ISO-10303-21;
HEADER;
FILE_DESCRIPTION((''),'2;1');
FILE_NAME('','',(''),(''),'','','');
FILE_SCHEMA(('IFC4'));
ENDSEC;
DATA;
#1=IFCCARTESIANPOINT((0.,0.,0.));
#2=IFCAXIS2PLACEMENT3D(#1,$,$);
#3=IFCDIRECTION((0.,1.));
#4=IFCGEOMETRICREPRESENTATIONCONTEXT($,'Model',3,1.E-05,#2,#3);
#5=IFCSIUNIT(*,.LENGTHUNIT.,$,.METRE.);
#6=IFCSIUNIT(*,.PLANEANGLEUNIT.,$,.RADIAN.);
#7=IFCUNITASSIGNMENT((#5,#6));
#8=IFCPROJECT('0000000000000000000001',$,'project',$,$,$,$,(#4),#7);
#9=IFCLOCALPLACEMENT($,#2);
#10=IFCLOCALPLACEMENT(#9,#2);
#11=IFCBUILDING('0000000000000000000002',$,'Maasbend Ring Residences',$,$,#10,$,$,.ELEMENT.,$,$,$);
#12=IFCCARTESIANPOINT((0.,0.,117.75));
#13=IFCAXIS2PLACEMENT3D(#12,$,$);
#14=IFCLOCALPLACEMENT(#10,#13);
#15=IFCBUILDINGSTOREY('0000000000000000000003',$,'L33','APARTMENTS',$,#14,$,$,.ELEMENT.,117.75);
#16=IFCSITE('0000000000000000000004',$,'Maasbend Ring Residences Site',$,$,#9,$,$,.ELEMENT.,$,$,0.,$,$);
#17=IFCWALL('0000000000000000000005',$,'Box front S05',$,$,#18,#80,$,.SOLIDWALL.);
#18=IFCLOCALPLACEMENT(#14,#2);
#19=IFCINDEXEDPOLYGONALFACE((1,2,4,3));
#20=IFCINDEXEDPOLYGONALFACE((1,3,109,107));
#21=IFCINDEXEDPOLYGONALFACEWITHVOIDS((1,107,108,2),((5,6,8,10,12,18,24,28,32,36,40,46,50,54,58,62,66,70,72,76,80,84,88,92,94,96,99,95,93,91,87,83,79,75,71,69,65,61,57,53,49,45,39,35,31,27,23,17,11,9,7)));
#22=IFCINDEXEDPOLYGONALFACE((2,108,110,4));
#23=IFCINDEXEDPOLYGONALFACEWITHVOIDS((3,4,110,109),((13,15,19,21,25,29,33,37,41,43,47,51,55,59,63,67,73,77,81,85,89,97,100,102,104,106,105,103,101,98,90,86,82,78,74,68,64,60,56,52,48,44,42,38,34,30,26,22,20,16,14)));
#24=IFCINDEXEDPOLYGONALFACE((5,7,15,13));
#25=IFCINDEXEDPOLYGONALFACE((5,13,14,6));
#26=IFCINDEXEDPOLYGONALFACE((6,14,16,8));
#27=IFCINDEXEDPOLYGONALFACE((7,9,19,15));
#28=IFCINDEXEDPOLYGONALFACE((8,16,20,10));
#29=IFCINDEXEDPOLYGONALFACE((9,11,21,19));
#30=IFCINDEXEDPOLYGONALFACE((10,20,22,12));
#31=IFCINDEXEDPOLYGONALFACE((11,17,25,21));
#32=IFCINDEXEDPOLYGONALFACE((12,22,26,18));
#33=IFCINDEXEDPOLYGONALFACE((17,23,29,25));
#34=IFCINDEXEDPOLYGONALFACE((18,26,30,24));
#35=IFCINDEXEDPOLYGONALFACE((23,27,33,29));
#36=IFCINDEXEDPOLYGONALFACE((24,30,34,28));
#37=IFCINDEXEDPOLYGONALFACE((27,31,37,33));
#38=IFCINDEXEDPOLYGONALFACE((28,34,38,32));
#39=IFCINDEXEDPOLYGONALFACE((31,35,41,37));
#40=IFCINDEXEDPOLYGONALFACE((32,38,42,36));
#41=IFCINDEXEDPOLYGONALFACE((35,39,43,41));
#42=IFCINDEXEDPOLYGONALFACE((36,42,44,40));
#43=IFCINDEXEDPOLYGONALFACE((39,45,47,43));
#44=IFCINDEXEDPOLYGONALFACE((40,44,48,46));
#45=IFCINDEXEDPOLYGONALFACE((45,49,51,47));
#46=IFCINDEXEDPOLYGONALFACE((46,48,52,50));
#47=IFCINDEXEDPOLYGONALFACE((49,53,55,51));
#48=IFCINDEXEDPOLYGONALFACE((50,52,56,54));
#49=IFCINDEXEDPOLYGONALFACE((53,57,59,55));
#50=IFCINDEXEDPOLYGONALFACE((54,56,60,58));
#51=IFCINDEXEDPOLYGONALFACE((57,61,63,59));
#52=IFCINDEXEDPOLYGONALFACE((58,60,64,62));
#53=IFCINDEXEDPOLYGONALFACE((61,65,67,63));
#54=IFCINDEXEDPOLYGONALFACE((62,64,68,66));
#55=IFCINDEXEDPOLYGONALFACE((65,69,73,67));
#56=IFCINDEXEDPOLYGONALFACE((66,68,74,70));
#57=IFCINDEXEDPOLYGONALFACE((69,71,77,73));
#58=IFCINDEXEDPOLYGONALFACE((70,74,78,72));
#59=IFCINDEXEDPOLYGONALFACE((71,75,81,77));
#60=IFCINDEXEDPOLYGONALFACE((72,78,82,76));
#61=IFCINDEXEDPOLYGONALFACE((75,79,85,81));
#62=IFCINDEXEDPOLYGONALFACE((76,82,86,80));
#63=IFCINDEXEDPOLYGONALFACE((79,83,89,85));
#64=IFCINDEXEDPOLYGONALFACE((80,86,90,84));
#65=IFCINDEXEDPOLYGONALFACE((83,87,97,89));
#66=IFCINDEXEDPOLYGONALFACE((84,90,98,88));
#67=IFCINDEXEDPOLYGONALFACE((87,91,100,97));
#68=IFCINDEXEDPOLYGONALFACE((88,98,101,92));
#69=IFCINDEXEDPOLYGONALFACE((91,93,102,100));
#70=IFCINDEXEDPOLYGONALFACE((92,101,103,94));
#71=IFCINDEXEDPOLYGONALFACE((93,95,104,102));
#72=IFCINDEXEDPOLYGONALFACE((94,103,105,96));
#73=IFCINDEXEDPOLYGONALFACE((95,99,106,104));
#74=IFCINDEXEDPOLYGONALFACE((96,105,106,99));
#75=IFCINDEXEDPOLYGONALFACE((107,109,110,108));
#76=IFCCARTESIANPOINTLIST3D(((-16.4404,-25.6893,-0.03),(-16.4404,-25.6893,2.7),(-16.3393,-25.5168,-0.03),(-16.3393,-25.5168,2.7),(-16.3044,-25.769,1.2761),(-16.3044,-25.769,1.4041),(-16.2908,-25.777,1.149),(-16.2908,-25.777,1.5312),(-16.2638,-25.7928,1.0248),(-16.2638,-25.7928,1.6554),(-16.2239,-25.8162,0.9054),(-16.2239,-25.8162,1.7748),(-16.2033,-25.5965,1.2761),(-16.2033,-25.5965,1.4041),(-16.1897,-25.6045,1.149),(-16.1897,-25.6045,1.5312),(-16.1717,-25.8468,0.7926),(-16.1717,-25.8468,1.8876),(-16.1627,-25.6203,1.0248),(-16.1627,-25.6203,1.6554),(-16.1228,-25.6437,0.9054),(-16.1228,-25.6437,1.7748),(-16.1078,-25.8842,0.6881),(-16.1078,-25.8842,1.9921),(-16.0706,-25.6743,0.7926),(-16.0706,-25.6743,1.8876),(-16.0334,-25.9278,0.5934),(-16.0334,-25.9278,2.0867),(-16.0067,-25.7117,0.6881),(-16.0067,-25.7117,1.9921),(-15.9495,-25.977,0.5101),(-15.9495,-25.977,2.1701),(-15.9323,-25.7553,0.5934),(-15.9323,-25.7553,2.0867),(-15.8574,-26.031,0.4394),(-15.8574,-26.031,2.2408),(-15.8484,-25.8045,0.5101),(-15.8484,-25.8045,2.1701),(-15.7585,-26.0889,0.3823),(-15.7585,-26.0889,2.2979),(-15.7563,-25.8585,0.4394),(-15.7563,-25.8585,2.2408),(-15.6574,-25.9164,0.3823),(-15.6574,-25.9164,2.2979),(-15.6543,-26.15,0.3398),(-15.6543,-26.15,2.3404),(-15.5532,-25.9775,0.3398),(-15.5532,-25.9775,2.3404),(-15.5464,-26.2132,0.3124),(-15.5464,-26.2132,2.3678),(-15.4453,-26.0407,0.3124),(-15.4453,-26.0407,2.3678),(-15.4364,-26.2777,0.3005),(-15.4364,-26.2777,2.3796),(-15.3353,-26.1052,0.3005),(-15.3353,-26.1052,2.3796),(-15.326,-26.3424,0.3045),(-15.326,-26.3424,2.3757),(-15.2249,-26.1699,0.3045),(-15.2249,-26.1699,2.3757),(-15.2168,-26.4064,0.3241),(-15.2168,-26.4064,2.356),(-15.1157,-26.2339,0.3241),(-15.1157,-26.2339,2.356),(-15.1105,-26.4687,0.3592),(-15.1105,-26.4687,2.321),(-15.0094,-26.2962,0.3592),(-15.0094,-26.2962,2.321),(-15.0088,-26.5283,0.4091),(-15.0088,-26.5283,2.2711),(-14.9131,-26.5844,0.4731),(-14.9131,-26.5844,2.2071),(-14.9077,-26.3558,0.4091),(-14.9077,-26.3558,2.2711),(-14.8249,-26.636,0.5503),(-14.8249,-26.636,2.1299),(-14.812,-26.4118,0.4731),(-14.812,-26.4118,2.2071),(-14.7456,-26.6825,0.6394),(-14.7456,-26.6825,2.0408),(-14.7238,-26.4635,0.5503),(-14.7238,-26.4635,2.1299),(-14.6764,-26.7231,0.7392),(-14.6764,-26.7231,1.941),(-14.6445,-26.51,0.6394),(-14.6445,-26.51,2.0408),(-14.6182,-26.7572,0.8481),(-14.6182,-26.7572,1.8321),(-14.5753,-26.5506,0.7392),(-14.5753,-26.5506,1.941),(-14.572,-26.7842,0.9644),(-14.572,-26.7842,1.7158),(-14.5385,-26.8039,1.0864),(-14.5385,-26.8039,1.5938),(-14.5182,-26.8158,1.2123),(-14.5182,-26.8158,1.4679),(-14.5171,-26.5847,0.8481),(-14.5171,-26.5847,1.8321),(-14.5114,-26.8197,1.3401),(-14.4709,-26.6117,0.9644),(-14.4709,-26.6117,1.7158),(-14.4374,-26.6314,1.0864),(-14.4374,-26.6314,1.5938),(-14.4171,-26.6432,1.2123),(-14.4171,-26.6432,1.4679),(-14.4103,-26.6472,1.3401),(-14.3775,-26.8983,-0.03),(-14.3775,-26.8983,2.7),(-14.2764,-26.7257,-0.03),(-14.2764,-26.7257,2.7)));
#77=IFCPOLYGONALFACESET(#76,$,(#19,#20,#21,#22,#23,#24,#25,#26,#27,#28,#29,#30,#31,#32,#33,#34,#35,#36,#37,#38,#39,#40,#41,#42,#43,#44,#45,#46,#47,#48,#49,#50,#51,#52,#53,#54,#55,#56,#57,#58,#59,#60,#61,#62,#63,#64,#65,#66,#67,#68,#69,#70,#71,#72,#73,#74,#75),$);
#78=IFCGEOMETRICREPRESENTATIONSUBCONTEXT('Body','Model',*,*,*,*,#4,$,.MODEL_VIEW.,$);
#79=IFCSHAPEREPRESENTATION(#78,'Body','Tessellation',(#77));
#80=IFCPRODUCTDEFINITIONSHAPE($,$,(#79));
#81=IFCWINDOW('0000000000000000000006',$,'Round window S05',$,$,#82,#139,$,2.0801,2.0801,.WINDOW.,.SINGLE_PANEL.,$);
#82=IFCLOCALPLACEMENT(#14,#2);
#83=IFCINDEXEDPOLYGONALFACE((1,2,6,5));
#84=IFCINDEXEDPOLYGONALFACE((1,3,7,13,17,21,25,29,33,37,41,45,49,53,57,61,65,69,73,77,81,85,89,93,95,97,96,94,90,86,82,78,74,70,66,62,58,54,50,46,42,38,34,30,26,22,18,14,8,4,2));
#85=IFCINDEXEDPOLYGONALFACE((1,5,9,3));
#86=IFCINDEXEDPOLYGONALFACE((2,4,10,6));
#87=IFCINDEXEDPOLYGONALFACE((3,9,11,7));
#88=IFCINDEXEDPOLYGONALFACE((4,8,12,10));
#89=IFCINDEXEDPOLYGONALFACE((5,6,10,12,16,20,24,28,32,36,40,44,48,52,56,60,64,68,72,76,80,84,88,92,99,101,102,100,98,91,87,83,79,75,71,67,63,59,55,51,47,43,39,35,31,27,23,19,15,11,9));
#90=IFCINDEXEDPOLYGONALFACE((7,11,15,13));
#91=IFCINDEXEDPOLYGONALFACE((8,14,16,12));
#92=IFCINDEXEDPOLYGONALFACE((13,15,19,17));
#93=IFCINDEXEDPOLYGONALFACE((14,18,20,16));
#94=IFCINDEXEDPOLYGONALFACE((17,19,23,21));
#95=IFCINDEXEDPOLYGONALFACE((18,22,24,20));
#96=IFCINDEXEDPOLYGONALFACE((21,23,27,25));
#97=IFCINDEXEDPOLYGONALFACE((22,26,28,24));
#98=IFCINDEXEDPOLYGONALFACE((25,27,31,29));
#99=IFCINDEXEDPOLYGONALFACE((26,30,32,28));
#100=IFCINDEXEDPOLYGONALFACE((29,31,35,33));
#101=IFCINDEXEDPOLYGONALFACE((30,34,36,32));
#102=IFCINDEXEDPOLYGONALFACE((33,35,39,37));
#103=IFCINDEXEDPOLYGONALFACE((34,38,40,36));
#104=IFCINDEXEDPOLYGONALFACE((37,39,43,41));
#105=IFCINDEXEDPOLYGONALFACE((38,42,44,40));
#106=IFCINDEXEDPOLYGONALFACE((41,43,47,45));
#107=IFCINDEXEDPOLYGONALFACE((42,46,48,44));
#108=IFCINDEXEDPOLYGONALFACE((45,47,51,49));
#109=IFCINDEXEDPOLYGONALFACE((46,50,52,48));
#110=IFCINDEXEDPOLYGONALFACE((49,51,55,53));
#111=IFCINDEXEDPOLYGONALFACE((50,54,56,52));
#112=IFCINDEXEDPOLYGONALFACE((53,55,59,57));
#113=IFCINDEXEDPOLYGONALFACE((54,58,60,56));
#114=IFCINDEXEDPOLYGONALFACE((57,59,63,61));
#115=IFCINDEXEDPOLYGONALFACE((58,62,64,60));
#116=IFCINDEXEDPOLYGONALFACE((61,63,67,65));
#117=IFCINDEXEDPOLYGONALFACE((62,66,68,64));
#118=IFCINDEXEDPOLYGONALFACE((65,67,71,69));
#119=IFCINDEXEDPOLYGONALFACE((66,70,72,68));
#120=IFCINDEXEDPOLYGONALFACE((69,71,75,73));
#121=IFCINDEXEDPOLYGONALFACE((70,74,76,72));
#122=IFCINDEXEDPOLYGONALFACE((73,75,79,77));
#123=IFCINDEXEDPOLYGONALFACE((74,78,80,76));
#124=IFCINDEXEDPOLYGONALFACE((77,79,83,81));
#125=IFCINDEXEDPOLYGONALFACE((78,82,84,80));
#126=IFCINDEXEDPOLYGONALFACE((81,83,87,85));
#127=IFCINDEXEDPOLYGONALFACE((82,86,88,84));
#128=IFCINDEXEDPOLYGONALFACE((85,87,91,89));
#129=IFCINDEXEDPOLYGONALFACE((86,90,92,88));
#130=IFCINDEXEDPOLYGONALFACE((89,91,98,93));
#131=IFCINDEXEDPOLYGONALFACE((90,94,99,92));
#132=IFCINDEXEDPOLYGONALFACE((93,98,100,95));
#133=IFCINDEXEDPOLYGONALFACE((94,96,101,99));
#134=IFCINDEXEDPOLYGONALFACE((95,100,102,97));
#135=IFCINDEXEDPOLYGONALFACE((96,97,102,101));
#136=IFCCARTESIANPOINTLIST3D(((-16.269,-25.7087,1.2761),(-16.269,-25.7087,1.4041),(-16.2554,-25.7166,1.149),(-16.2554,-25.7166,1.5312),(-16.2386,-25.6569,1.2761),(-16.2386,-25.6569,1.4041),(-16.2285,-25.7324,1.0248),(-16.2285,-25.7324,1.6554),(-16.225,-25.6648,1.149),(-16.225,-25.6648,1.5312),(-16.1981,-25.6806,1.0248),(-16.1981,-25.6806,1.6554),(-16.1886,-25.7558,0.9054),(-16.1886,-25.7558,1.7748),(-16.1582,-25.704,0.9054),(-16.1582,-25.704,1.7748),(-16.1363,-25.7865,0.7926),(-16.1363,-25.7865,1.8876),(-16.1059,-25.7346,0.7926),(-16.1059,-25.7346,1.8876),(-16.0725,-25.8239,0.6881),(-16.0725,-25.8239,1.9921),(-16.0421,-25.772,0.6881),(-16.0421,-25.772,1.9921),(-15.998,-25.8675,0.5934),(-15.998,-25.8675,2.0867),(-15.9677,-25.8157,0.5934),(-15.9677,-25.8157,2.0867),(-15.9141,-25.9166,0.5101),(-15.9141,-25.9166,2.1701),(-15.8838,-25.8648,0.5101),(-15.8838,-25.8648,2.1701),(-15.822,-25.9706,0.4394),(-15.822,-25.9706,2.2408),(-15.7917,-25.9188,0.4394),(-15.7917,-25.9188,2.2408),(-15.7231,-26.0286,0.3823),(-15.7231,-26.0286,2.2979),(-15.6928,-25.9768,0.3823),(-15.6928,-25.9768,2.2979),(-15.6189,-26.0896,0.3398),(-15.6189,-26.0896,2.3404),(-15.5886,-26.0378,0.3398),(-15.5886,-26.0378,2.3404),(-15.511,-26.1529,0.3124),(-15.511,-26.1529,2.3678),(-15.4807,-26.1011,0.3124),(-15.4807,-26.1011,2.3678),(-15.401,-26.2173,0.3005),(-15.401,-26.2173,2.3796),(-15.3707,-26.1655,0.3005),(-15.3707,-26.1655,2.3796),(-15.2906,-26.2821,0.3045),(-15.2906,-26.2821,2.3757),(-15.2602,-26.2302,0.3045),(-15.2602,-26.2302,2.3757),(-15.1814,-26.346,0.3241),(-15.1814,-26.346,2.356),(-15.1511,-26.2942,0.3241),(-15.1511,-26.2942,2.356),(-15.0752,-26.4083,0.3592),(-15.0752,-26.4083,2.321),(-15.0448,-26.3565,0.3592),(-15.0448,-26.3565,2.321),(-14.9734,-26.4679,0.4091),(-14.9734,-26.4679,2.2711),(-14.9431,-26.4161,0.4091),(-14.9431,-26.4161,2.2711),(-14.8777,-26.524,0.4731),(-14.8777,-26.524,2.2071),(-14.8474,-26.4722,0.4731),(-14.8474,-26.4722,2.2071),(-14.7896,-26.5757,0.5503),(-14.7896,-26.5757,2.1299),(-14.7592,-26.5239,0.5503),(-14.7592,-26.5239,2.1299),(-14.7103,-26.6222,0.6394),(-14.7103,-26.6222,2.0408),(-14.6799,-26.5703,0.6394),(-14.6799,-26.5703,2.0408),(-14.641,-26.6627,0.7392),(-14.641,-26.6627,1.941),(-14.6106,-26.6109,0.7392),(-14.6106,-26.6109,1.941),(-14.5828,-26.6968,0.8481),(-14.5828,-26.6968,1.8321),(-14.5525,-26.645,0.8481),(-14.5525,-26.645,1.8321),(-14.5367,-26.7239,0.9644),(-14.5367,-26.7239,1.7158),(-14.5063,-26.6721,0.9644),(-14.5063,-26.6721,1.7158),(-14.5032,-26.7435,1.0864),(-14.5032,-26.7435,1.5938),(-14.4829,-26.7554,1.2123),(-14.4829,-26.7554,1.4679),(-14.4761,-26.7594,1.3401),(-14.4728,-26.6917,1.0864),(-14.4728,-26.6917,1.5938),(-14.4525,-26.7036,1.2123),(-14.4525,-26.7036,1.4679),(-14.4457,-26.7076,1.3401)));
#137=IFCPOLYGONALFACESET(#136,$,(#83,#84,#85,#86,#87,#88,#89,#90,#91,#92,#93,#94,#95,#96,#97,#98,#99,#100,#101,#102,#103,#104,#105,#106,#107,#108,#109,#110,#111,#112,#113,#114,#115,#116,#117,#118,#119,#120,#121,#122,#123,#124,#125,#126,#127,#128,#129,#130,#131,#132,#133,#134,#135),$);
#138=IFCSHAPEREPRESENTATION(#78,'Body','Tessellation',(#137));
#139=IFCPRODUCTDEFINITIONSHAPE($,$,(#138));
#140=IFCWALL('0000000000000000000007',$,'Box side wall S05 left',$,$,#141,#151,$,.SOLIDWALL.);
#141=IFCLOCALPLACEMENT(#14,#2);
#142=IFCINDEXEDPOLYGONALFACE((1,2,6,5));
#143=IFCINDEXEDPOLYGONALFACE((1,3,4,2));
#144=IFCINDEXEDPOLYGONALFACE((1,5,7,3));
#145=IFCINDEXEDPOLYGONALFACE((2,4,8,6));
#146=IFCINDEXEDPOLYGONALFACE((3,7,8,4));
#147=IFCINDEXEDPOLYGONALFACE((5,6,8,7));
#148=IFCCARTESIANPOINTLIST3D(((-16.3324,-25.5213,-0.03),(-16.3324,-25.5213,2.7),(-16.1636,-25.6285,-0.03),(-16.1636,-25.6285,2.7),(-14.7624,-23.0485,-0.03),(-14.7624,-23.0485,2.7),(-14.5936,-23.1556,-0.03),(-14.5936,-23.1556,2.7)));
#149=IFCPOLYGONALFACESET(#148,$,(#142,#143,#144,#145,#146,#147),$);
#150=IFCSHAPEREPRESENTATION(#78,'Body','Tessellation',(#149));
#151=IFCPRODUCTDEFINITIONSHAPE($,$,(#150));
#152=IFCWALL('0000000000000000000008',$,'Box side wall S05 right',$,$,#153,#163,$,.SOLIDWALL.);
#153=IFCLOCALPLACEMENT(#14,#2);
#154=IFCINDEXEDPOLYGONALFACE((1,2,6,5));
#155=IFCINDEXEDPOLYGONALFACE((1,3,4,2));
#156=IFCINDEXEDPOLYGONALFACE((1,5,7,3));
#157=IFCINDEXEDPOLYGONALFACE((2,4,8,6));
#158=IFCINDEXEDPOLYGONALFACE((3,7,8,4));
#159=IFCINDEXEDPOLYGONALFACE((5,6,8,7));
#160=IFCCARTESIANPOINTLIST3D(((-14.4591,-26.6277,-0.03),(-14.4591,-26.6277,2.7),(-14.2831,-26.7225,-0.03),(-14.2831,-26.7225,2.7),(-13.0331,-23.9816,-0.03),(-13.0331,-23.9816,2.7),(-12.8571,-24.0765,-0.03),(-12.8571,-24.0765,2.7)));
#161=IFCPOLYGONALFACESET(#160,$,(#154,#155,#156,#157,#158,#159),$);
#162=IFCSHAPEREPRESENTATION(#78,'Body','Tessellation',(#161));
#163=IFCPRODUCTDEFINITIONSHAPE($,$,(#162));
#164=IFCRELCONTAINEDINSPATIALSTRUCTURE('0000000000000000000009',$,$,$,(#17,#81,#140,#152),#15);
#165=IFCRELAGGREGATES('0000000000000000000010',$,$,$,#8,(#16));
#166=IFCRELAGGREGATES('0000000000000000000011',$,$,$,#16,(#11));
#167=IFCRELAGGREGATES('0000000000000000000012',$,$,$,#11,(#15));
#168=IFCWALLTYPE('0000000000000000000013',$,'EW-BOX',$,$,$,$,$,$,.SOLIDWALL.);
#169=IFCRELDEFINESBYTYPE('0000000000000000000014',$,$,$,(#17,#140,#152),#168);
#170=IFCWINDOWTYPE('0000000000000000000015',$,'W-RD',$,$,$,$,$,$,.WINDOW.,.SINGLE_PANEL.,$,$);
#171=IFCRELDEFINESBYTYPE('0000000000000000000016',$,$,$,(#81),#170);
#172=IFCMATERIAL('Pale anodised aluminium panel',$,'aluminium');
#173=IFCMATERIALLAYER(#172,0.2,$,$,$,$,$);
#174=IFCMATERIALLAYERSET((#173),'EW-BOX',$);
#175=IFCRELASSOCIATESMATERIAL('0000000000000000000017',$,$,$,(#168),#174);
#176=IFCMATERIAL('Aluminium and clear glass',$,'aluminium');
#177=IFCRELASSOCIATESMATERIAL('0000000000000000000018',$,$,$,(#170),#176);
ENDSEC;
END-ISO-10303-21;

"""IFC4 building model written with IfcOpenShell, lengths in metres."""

from ifc_helpers import new_model, si_unit, direction, frame, frame_2d, origin, place, context, subcontext, project, spatial, rectangle, circle, extrude, material, layer, layer_set, type_object, element, fill, save


model = new_model("IFC4")

# Units and contexts
model_context = context("Model", 3, precision=1e-05, world=origin(), true_north=direction((0.0, 1.0)))
body_context = subcontext(model_context, "Body", "Model", "MODEL_VIEW")
ifc_project = project(units=[si_unit("LENGTHUNIT", "METRE"), si_unit("PLANEANGLEUNIT", "RADIAN")], contexts=[model_context])

# Site, building, storey
site_placement = place(None, origin())
site = spatial("IfcSite", under=ifc_project, at=site_placement, Name="Maasbend Ring Residences Site", CompositionType="ELEMENT", RefElevation=0.0)
building_placement = place(site_placement, origin())
building = spatial("IfcBuilding", under=site, at=building_placement, Name="Maasbend Ring Residences", CompositionType="ELEMENT")
storey_placement = place(building_placement, frame((0.0, 0.0, 117.75)))
storey = spatial("IfcBuildingStorey", under=building, at=storey_placement, Name="L33", Description="APARTMENTS", CompositionType="ELEMENT", Elevation=117.75)

# Shared definitions
ifc_material_1 = material(Name="Pale anodised aluminium panel", Category="aluminium")
ifc_layer_1 = layer(ifc_material_1, 0.2)
ifc_layer_set_1 = layer_set([ifc_layer_1], Name="EW-BOX")
wall_type_1 = type_object("IfcWallType", Name="EW-BOX", PredefinedType="SOLIDWALL", material=ifc_layer_set_1)
ifc_material_2 = material(Name="Aluminium and clear glass", Category="aluminium")
window_type_1 = type_object("IfcWindowType", Name="W-RD", PartitioningType="SINGLE_PANEL", PredefinedType="WINDOW", material=ifc_material_2)

# Wall, opening, window
wall_1_placement = place(storey_placement, frame((-16.3899, -25.603, -0.03), z_axis=(0.0, 0.0, 1.0), x_axis=(0.862762, -0.505609, 0.0)))
wall_1 = element("IfcWall", 1, at=wall_1_placement, inside=storey, type_object=wall_type_1, Name="Box front S05", PredefinedType="SOLIDWALL", context=body_context, shape_type="SweptSolid", body=[
    extrude(rectangle(XDim=2.3911, YDim=0.2, at=frame_2d((1.1956, 0.0))), origin(), (0.0, 0.0, 1.0), 2.73),
])
opening_1_placement = place(wall_1_placement, frame((0.1558, 0.0, 0.3301)))
opening_1 = element("IfcOpeningElement", 2, at=opening_1_placement, cuts=wall_1, PredefinedType="OPENING", context=body_context, shape_type="SweptSolid", body=[
    extrude(circle(Radius=1.04, at=frame_2d((1.04, 1.04))), frame((0.0, 0.1099, 0.0), z_axis=(0.0, -1.0, 0.0), x_axis=(1.0, 0.0, 0.0)), (0.0, 0.0, 1.0), 0.22),
])
window_1_placement = place(opening_1_placement, origin())
window_1 = element("IfcWindow", 3, at=window_1_placement, inside=storey, type_object=window_type_1, Name="Round window S05", OverallHeight=2.0801, OverallWidth=2.0801, PartitioningType="SINGLE_PANEL", PredefinedType="WINDOW", context=body_context, shape_type="SweptSolid", body=[
    extrude(circle(Radius=1.04, at=frame_2d((1.04, 1.04))), frame((0.0, 0.03, 0.0), z_axis=(0.0, -1.0, 0.0), x_axis=(1.0, 0.0, 0.0)), (0.0, 0.0, 1.0), 0.0601),
])
fill(opening_1, window_1)

# Walls
wall_2_placement = place(storey_placement, frame((-14.678, -23.1021, -0.03), z_axis=(0.0, 0.0, 1.0), x_axis=(-0.536002, -0.844217, 0.0)))
element("IfcWall", 4, at=wall_2_placement, inside=storey, type_object=wall_type_1, Name="Box side wall S05 left", PredefinedType="SOLIDWALL", context=body_context, shape_type="SweptSolid", body=[
    extrude(rectangle(XDim=2.9292, YDim=0.2, at=frame_2d((1.4646, 0.0))), origin(), (0.0, 0.0, 1.0), 2.73),
])
wall_3_placement = place(storey_placement, frame((-12.9451, -24.0291, -0.03), z_axis=(0.0, 0.0, 1.0), x_axis=(-0.474424, -0.880296, 0.0)))
element("IfcWall", 5, at=wall_3_placement, inside=storey, type_object=wall_type_1, Name="Box side wall S05 right", PredefinedType="SOLIDWALL", context=body_context, shape_type="SweptSolid", body=[
    extrude(rectangle(XDim=3.0059, YDim=0.2, at=frame_2d((1.5029, 0.0))), origin(), (0.0, 0.0, 1.0), 2.73),
])

save(model, "model.ifc")
